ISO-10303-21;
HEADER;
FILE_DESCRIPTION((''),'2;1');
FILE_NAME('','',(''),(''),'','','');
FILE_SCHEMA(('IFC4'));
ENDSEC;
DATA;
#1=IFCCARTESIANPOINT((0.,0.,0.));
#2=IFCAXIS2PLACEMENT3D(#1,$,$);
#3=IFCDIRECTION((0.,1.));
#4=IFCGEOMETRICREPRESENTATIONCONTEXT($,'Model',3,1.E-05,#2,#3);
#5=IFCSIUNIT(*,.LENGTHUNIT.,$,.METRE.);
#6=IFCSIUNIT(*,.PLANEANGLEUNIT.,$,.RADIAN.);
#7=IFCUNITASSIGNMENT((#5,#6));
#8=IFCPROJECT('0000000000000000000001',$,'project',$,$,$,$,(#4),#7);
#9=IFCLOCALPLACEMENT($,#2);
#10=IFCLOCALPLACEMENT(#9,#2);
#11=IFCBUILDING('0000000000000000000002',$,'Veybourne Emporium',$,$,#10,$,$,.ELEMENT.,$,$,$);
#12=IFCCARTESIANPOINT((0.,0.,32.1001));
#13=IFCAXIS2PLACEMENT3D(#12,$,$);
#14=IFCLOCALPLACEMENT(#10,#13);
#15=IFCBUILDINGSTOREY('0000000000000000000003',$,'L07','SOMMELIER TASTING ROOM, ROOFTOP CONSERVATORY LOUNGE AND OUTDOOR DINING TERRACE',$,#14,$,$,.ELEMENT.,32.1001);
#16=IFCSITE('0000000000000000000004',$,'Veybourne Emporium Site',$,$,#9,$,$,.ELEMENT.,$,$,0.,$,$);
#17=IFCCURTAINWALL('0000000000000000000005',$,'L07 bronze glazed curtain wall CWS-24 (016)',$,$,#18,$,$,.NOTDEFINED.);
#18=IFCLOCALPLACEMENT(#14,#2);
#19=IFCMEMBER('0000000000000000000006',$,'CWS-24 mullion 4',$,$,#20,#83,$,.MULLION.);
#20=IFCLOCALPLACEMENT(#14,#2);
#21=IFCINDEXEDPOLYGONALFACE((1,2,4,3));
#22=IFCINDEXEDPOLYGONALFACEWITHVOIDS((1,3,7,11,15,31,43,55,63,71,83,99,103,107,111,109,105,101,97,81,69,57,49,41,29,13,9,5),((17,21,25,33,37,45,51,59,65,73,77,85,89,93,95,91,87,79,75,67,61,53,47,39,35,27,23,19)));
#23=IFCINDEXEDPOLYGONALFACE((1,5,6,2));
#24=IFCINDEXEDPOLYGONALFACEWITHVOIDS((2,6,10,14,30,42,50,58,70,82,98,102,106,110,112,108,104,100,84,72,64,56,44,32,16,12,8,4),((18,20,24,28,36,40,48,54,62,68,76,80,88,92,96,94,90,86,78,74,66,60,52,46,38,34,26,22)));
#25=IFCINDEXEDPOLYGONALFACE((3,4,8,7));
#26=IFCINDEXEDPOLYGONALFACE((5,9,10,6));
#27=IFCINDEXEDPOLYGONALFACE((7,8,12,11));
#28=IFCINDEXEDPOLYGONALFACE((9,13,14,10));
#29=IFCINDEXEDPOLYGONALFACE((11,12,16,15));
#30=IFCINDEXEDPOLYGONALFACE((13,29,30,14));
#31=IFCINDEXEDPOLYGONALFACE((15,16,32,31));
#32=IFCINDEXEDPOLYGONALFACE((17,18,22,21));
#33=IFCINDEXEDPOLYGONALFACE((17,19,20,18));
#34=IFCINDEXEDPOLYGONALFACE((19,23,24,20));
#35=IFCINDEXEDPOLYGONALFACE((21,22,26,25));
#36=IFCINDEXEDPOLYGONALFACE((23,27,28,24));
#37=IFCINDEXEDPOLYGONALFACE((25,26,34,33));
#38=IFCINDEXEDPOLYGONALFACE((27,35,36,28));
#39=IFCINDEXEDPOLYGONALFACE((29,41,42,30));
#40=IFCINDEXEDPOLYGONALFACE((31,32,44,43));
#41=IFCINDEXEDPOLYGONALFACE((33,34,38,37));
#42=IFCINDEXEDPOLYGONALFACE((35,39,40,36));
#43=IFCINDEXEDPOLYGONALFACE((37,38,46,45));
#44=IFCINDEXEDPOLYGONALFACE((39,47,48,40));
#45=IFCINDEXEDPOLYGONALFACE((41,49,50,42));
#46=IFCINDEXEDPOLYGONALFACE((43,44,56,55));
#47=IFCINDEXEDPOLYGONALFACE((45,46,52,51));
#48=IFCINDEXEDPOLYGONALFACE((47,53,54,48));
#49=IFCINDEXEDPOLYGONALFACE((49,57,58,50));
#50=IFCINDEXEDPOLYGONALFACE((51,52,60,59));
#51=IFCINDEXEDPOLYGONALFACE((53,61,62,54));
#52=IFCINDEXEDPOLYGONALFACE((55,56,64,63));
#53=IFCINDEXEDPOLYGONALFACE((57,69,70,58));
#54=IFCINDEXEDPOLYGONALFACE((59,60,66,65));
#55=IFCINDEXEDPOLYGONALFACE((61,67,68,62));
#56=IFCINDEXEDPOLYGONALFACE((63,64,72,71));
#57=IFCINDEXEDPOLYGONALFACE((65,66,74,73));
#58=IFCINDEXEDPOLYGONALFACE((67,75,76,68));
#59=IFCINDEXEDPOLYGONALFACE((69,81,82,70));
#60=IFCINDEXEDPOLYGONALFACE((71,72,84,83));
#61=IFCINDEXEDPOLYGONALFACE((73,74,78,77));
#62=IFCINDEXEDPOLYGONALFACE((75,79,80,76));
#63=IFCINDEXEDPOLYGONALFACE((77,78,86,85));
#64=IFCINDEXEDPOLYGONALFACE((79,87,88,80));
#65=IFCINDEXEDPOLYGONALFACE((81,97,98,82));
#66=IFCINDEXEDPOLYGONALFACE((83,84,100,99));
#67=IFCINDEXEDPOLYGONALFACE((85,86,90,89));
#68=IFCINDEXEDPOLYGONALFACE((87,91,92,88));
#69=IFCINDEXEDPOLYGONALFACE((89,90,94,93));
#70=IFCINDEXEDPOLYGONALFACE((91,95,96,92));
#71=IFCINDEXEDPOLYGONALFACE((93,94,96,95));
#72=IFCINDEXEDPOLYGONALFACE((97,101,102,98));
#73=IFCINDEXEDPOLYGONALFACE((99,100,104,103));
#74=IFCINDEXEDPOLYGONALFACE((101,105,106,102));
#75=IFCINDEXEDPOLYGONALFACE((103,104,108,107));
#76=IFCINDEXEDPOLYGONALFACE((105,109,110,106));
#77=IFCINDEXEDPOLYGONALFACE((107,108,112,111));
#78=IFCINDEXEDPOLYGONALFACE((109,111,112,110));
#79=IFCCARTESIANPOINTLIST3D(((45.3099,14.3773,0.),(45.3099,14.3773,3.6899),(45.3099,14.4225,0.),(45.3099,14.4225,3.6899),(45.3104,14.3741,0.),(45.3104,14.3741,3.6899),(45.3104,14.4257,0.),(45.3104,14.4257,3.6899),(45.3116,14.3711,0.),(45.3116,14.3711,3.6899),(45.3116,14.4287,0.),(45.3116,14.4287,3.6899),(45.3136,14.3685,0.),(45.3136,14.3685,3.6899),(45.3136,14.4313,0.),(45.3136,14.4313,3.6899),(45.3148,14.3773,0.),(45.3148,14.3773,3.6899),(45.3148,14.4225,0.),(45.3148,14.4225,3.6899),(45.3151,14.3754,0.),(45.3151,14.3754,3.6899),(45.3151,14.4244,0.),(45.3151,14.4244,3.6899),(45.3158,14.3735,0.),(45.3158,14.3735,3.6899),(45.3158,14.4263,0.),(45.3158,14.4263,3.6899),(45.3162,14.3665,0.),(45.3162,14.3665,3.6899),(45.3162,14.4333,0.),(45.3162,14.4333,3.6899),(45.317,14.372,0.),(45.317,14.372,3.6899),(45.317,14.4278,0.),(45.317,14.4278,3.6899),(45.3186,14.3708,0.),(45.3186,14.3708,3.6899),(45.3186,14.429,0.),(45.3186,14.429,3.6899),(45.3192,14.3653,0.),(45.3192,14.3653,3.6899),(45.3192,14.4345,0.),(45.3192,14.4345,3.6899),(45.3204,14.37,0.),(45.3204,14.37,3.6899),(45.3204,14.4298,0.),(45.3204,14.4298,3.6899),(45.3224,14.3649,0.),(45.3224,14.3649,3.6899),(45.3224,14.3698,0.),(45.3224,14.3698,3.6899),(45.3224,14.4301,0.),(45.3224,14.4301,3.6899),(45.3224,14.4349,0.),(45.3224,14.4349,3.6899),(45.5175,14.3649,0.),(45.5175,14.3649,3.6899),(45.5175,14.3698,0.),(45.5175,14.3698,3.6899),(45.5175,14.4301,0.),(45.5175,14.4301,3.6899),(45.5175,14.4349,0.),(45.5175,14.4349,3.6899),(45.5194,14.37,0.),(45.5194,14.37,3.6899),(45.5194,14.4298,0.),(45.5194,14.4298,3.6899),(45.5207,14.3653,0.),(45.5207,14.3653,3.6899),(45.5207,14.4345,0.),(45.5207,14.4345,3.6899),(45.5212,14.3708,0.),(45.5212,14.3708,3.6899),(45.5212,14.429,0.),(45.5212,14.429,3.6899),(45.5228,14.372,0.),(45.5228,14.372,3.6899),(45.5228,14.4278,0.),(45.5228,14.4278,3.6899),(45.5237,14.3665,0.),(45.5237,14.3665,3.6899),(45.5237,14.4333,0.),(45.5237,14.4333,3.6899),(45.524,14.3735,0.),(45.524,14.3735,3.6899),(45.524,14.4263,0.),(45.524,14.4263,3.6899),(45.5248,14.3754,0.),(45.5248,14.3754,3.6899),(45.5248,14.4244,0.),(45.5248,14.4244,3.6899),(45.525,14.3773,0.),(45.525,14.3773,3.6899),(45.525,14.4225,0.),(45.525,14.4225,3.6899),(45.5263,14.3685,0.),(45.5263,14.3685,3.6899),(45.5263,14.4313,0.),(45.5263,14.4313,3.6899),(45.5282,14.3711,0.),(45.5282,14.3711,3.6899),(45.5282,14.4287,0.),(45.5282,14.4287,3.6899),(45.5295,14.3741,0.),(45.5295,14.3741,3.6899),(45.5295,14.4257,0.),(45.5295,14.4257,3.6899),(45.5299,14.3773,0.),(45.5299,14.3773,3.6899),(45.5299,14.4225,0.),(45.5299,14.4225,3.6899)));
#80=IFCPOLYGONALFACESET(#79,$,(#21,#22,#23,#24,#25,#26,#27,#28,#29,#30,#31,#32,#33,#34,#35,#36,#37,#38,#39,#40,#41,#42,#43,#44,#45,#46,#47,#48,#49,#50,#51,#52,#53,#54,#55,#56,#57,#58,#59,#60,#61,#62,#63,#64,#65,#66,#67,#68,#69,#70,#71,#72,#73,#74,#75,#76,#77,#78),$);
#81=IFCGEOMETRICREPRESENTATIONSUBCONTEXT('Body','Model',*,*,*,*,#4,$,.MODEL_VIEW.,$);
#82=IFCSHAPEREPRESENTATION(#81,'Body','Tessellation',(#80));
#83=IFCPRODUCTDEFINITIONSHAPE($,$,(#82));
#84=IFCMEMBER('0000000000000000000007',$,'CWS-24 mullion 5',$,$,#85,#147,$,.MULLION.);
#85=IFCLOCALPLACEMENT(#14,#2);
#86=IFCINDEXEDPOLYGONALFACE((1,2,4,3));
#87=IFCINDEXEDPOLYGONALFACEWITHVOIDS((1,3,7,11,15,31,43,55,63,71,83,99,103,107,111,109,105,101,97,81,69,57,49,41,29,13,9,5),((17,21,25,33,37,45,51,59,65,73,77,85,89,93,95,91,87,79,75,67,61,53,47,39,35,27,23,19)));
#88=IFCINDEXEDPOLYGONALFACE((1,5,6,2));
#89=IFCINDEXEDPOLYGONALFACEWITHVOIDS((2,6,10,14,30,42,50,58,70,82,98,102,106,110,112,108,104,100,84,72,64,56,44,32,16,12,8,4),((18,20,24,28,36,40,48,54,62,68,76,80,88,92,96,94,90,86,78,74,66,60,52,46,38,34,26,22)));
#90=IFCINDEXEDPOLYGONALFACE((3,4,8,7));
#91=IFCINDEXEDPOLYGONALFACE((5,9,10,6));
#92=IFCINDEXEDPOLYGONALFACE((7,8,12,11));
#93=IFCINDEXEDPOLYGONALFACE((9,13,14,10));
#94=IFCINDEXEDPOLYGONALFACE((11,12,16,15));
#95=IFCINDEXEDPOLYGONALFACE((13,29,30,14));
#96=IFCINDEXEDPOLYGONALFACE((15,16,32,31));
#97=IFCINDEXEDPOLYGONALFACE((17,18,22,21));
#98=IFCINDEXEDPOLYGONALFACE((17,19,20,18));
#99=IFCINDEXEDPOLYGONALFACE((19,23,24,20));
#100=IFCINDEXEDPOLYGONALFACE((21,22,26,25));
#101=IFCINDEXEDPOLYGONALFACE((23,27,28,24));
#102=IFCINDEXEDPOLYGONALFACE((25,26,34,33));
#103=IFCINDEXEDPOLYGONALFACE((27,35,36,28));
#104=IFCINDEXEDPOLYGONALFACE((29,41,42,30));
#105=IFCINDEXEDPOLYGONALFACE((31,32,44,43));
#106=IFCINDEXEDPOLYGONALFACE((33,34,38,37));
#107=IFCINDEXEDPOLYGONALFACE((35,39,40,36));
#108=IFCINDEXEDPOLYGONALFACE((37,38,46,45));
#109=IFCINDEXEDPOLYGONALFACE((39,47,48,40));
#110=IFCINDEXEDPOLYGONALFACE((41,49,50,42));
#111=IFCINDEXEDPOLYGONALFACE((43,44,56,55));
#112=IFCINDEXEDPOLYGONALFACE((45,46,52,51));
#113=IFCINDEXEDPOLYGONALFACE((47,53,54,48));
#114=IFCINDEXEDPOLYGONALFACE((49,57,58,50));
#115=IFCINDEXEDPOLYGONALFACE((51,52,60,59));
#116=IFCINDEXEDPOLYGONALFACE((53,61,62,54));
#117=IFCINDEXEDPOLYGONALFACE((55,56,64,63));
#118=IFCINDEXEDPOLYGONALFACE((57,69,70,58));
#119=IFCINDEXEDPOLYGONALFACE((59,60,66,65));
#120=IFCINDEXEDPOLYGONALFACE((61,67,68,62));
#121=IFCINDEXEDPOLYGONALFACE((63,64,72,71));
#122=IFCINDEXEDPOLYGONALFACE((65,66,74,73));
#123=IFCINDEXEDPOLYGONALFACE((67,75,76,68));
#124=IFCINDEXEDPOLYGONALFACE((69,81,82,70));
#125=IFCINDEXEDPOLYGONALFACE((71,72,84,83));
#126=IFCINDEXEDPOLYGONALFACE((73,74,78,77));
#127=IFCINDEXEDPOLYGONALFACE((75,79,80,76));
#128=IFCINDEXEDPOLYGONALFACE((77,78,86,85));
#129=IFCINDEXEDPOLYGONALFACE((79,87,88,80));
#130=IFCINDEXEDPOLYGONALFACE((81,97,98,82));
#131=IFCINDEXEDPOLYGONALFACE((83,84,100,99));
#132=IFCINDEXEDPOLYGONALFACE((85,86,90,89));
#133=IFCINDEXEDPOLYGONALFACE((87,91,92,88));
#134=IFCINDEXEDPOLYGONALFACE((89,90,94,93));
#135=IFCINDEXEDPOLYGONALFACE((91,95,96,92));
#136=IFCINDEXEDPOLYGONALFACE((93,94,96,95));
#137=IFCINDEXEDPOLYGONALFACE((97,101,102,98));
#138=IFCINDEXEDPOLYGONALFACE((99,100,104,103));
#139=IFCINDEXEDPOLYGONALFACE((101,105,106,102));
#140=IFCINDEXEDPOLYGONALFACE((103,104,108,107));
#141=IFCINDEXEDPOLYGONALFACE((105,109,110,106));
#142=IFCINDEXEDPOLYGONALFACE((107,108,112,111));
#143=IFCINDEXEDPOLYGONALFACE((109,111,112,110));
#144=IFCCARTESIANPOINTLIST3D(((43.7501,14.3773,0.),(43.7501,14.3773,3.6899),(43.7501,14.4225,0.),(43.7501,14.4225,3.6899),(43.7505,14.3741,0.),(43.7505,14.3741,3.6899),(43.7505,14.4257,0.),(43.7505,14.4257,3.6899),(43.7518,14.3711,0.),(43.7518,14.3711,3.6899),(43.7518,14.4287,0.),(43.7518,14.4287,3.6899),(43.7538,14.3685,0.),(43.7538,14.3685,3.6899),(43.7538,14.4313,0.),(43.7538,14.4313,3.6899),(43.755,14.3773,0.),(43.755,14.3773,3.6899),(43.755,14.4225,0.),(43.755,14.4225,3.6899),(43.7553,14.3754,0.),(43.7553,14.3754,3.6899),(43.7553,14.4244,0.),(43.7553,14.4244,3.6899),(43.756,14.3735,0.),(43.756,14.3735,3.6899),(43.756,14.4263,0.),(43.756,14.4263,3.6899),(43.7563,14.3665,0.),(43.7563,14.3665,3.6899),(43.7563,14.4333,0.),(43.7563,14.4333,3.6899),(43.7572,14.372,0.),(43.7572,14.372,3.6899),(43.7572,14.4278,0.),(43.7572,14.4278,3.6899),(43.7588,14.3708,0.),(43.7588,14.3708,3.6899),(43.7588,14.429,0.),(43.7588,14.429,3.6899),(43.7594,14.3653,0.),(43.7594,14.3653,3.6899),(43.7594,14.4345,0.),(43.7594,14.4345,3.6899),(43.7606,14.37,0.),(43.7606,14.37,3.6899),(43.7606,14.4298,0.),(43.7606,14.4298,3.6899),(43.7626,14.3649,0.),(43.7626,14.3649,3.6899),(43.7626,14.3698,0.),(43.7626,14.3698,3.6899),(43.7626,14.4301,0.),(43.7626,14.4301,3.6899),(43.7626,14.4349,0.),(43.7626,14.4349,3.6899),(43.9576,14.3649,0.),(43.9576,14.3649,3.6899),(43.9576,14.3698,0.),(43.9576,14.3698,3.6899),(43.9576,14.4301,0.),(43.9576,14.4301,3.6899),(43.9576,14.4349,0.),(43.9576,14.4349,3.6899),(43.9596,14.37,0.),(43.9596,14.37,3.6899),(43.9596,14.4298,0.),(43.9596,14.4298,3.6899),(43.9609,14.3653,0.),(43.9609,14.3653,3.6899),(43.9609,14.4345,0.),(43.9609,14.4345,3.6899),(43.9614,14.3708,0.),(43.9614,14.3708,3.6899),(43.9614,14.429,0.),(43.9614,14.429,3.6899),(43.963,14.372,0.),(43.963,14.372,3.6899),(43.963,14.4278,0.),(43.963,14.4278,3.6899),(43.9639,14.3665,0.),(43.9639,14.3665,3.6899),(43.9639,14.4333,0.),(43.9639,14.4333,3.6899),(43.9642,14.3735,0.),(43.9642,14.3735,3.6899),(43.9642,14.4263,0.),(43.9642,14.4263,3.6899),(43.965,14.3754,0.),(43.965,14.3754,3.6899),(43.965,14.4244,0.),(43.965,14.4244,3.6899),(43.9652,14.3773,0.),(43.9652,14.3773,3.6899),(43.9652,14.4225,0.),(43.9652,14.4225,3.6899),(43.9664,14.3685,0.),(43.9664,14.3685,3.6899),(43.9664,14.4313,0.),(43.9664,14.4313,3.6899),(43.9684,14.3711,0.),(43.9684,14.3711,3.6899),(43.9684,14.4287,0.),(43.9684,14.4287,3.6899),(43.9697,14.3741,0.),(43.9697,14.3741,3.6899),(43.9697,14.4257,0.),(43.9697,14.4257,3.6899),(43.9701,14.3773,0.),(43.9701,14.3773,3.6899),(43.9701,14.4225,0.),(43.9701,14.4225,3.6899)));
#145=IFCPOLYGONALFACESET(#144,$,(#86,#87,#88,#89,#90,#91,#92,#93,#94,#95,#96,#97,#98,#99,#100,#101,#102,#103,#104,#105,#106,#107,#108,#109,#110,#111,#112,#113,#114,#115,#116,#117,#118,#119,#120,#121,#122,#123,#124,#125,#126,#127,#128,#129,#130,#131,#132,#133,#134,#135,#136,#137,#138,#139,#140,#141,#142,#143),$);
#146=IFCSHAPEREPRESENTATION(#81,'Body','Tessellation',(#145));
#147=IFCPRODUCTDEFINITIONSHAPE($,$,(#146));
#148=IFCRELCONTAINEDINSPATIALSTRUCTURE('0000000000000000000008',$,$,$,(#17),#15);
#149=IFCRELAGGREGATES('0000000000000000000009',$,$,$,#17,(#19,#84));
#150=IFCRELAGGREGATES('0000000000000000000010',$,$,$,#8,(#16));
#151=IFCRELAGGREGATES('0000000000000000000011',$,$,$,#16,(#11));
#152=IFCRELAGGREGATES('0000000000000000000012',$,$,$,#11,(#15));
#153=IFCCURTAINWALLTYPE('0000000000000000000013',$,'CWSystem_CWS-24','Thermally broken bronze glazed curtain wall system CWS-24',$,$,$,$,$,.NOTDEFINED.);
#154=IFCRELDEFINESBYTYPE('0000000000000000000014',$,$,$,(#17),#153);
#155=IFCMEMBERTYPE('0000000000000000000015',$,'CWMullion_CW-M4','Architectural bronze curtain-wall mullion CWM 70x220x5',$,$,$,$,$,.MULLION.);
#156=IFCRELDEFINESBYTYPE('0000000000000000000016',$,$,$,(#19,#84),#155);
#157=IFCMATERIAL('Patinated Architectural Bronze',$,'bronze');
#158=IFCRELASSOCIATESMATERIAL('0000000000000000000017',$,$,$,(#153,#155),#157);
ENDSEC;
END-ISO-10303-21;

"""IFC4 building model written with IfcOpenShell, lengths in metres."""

from ifc_helpers import new_model, si_unit, direction, frame, origin, origin_2d, place, context, subcontext, project, spatial, hollow_rectangle, extrude, material, material_profile, profile_set, type_object, element, aggregate, save


model = new_model("IFC4")

# Units and contexts
model_context = context("Model", 3, precision=1e-05, world=origin(), true_north=direction((0.0, 1.0)))
body_context = subcontext(model_context, "Body", "Model", "MODEL_VIEW")
ifc_project = project(units=[si_unit("LENGTHUNIT", "METRE"), si_unit("PLANEANGLEUNIT", "RADIAN")], contexts=[model_context])

# Site, building, storey
site_placement = place(None, origin())
site = spatial("IfcSite", under=ifc_project, at=site_placement, Name="Veybourne Emporium Site", CompositionType="ELEMENT", RefElevation=0.0)
building_placement = place(site_placement, origin())
building = spatial("IfcBuilding", under=site, at=building_placement, Name="Veybourne Emporium", CompositionType="ELEMENT")
storey_placement = place(building_placement, frame((0.0, 0.0, 32.1001)))
storey = spatial("IfcBuildingStorey", under=building, at=storey_placement, Name="L07", Description="SOMMELIER TASTING ROOM, ROOFTOP CONSERVATORY LOUNGE AND OUTDOOR DINING TERRACE", CompositionType="ELEMENT", Elevation=32.1001)

# Curtain wall, members
ifc_material_1 = material(Name="Patinated Architectural Bronze", Category="bronze")
curtain_wall_type = type_object("IfcCurtainWallType", Name="CWSystem_CWS-24", Description="Thermally broken bronze glazed curtain wall system CWS-24", PredefinedType="NOTDEFINED", material=ifc_material_1)
curtain_wall_placement = place(storey_placement, origin())
curtain_wall = element("IfcCurtainWall", 1, at=curtain_wall_placement, inside=storey, type_object=curtain_wall_type, Name="L07 bronze glazed curtain wall CWS-24 (016)", PredefinedType="NOTDEFINED")
ifc_material_profile_1 = material_profile(ifc_material_1, hollow_rectangle(XDim=0.0701, YDim=0.22, WallThickness=0.0049, InnerFilletRadius=0.0076, OuterFilletRadius=0.0125, at=origin_2d()), Name="CWM 70x220x5")
ifc_profile_set_1 = profile_set([ifc_material_profile_1], Name="Patinated Architectural Bronze")
member_type_1 = type_object("IfcMemberType", Name="CWMullion_CW-M4", Description="Architectural bronze curtain-wall mullion CWM 70x220x5", PredefinedType="MULLION", material=ifc_profile_set_1)
member_1_placement = place(storey_placement, frame((45.4199, 14.3999, 0.0), z_axis=(0.0, 0.0, 1.0), x_axis=(0.0, -1.0, 0.0)))
member_1 = element("IfcMember", 2, at=member_1_placement, type_object=member_type_1, Name="CWS-24 mullion 4", PredefinedType="MULLION", context=body_context, shape_type="SweptSolid", body=[
    extrude(hollow_rectangle(XDim=0.0701, YDim=0.22, WallThickness=0.0049, InnerFilletRadius=0.0076, OuterFilletRadius=0.0125, at=origin_2d()), origin(), (0.0, 0.0, 1.0), 3.6899),
])
member_2_placement = place(storey_placement, frame((43.8601, 14.3999, 0.0), z_axis=(0.0, 0.0, 1.0), x_axis=(0.0, -1.0, 0.0)))
member_2 = element("IfcMember", 3, at=member_2_placement, type_object=member_type_1, Name="CWS-24 mullion 5", PredefinedType="MULLION", context=body_context, shape_type="SweptSolid", body=[
    extrude(hollow_rectangle(XDim=0.0701, YDim=0.22, WallThickness=0.0049, InnerFilletRadius=0.0076, OuterFilletRadius=0.0125, at=origin_2d()), origin(), (0.0, 0.0, 1.0), 3.6899),
])
aggregate(curtain_wall, [member_1, member_2])

save(model, "model.ifc")
